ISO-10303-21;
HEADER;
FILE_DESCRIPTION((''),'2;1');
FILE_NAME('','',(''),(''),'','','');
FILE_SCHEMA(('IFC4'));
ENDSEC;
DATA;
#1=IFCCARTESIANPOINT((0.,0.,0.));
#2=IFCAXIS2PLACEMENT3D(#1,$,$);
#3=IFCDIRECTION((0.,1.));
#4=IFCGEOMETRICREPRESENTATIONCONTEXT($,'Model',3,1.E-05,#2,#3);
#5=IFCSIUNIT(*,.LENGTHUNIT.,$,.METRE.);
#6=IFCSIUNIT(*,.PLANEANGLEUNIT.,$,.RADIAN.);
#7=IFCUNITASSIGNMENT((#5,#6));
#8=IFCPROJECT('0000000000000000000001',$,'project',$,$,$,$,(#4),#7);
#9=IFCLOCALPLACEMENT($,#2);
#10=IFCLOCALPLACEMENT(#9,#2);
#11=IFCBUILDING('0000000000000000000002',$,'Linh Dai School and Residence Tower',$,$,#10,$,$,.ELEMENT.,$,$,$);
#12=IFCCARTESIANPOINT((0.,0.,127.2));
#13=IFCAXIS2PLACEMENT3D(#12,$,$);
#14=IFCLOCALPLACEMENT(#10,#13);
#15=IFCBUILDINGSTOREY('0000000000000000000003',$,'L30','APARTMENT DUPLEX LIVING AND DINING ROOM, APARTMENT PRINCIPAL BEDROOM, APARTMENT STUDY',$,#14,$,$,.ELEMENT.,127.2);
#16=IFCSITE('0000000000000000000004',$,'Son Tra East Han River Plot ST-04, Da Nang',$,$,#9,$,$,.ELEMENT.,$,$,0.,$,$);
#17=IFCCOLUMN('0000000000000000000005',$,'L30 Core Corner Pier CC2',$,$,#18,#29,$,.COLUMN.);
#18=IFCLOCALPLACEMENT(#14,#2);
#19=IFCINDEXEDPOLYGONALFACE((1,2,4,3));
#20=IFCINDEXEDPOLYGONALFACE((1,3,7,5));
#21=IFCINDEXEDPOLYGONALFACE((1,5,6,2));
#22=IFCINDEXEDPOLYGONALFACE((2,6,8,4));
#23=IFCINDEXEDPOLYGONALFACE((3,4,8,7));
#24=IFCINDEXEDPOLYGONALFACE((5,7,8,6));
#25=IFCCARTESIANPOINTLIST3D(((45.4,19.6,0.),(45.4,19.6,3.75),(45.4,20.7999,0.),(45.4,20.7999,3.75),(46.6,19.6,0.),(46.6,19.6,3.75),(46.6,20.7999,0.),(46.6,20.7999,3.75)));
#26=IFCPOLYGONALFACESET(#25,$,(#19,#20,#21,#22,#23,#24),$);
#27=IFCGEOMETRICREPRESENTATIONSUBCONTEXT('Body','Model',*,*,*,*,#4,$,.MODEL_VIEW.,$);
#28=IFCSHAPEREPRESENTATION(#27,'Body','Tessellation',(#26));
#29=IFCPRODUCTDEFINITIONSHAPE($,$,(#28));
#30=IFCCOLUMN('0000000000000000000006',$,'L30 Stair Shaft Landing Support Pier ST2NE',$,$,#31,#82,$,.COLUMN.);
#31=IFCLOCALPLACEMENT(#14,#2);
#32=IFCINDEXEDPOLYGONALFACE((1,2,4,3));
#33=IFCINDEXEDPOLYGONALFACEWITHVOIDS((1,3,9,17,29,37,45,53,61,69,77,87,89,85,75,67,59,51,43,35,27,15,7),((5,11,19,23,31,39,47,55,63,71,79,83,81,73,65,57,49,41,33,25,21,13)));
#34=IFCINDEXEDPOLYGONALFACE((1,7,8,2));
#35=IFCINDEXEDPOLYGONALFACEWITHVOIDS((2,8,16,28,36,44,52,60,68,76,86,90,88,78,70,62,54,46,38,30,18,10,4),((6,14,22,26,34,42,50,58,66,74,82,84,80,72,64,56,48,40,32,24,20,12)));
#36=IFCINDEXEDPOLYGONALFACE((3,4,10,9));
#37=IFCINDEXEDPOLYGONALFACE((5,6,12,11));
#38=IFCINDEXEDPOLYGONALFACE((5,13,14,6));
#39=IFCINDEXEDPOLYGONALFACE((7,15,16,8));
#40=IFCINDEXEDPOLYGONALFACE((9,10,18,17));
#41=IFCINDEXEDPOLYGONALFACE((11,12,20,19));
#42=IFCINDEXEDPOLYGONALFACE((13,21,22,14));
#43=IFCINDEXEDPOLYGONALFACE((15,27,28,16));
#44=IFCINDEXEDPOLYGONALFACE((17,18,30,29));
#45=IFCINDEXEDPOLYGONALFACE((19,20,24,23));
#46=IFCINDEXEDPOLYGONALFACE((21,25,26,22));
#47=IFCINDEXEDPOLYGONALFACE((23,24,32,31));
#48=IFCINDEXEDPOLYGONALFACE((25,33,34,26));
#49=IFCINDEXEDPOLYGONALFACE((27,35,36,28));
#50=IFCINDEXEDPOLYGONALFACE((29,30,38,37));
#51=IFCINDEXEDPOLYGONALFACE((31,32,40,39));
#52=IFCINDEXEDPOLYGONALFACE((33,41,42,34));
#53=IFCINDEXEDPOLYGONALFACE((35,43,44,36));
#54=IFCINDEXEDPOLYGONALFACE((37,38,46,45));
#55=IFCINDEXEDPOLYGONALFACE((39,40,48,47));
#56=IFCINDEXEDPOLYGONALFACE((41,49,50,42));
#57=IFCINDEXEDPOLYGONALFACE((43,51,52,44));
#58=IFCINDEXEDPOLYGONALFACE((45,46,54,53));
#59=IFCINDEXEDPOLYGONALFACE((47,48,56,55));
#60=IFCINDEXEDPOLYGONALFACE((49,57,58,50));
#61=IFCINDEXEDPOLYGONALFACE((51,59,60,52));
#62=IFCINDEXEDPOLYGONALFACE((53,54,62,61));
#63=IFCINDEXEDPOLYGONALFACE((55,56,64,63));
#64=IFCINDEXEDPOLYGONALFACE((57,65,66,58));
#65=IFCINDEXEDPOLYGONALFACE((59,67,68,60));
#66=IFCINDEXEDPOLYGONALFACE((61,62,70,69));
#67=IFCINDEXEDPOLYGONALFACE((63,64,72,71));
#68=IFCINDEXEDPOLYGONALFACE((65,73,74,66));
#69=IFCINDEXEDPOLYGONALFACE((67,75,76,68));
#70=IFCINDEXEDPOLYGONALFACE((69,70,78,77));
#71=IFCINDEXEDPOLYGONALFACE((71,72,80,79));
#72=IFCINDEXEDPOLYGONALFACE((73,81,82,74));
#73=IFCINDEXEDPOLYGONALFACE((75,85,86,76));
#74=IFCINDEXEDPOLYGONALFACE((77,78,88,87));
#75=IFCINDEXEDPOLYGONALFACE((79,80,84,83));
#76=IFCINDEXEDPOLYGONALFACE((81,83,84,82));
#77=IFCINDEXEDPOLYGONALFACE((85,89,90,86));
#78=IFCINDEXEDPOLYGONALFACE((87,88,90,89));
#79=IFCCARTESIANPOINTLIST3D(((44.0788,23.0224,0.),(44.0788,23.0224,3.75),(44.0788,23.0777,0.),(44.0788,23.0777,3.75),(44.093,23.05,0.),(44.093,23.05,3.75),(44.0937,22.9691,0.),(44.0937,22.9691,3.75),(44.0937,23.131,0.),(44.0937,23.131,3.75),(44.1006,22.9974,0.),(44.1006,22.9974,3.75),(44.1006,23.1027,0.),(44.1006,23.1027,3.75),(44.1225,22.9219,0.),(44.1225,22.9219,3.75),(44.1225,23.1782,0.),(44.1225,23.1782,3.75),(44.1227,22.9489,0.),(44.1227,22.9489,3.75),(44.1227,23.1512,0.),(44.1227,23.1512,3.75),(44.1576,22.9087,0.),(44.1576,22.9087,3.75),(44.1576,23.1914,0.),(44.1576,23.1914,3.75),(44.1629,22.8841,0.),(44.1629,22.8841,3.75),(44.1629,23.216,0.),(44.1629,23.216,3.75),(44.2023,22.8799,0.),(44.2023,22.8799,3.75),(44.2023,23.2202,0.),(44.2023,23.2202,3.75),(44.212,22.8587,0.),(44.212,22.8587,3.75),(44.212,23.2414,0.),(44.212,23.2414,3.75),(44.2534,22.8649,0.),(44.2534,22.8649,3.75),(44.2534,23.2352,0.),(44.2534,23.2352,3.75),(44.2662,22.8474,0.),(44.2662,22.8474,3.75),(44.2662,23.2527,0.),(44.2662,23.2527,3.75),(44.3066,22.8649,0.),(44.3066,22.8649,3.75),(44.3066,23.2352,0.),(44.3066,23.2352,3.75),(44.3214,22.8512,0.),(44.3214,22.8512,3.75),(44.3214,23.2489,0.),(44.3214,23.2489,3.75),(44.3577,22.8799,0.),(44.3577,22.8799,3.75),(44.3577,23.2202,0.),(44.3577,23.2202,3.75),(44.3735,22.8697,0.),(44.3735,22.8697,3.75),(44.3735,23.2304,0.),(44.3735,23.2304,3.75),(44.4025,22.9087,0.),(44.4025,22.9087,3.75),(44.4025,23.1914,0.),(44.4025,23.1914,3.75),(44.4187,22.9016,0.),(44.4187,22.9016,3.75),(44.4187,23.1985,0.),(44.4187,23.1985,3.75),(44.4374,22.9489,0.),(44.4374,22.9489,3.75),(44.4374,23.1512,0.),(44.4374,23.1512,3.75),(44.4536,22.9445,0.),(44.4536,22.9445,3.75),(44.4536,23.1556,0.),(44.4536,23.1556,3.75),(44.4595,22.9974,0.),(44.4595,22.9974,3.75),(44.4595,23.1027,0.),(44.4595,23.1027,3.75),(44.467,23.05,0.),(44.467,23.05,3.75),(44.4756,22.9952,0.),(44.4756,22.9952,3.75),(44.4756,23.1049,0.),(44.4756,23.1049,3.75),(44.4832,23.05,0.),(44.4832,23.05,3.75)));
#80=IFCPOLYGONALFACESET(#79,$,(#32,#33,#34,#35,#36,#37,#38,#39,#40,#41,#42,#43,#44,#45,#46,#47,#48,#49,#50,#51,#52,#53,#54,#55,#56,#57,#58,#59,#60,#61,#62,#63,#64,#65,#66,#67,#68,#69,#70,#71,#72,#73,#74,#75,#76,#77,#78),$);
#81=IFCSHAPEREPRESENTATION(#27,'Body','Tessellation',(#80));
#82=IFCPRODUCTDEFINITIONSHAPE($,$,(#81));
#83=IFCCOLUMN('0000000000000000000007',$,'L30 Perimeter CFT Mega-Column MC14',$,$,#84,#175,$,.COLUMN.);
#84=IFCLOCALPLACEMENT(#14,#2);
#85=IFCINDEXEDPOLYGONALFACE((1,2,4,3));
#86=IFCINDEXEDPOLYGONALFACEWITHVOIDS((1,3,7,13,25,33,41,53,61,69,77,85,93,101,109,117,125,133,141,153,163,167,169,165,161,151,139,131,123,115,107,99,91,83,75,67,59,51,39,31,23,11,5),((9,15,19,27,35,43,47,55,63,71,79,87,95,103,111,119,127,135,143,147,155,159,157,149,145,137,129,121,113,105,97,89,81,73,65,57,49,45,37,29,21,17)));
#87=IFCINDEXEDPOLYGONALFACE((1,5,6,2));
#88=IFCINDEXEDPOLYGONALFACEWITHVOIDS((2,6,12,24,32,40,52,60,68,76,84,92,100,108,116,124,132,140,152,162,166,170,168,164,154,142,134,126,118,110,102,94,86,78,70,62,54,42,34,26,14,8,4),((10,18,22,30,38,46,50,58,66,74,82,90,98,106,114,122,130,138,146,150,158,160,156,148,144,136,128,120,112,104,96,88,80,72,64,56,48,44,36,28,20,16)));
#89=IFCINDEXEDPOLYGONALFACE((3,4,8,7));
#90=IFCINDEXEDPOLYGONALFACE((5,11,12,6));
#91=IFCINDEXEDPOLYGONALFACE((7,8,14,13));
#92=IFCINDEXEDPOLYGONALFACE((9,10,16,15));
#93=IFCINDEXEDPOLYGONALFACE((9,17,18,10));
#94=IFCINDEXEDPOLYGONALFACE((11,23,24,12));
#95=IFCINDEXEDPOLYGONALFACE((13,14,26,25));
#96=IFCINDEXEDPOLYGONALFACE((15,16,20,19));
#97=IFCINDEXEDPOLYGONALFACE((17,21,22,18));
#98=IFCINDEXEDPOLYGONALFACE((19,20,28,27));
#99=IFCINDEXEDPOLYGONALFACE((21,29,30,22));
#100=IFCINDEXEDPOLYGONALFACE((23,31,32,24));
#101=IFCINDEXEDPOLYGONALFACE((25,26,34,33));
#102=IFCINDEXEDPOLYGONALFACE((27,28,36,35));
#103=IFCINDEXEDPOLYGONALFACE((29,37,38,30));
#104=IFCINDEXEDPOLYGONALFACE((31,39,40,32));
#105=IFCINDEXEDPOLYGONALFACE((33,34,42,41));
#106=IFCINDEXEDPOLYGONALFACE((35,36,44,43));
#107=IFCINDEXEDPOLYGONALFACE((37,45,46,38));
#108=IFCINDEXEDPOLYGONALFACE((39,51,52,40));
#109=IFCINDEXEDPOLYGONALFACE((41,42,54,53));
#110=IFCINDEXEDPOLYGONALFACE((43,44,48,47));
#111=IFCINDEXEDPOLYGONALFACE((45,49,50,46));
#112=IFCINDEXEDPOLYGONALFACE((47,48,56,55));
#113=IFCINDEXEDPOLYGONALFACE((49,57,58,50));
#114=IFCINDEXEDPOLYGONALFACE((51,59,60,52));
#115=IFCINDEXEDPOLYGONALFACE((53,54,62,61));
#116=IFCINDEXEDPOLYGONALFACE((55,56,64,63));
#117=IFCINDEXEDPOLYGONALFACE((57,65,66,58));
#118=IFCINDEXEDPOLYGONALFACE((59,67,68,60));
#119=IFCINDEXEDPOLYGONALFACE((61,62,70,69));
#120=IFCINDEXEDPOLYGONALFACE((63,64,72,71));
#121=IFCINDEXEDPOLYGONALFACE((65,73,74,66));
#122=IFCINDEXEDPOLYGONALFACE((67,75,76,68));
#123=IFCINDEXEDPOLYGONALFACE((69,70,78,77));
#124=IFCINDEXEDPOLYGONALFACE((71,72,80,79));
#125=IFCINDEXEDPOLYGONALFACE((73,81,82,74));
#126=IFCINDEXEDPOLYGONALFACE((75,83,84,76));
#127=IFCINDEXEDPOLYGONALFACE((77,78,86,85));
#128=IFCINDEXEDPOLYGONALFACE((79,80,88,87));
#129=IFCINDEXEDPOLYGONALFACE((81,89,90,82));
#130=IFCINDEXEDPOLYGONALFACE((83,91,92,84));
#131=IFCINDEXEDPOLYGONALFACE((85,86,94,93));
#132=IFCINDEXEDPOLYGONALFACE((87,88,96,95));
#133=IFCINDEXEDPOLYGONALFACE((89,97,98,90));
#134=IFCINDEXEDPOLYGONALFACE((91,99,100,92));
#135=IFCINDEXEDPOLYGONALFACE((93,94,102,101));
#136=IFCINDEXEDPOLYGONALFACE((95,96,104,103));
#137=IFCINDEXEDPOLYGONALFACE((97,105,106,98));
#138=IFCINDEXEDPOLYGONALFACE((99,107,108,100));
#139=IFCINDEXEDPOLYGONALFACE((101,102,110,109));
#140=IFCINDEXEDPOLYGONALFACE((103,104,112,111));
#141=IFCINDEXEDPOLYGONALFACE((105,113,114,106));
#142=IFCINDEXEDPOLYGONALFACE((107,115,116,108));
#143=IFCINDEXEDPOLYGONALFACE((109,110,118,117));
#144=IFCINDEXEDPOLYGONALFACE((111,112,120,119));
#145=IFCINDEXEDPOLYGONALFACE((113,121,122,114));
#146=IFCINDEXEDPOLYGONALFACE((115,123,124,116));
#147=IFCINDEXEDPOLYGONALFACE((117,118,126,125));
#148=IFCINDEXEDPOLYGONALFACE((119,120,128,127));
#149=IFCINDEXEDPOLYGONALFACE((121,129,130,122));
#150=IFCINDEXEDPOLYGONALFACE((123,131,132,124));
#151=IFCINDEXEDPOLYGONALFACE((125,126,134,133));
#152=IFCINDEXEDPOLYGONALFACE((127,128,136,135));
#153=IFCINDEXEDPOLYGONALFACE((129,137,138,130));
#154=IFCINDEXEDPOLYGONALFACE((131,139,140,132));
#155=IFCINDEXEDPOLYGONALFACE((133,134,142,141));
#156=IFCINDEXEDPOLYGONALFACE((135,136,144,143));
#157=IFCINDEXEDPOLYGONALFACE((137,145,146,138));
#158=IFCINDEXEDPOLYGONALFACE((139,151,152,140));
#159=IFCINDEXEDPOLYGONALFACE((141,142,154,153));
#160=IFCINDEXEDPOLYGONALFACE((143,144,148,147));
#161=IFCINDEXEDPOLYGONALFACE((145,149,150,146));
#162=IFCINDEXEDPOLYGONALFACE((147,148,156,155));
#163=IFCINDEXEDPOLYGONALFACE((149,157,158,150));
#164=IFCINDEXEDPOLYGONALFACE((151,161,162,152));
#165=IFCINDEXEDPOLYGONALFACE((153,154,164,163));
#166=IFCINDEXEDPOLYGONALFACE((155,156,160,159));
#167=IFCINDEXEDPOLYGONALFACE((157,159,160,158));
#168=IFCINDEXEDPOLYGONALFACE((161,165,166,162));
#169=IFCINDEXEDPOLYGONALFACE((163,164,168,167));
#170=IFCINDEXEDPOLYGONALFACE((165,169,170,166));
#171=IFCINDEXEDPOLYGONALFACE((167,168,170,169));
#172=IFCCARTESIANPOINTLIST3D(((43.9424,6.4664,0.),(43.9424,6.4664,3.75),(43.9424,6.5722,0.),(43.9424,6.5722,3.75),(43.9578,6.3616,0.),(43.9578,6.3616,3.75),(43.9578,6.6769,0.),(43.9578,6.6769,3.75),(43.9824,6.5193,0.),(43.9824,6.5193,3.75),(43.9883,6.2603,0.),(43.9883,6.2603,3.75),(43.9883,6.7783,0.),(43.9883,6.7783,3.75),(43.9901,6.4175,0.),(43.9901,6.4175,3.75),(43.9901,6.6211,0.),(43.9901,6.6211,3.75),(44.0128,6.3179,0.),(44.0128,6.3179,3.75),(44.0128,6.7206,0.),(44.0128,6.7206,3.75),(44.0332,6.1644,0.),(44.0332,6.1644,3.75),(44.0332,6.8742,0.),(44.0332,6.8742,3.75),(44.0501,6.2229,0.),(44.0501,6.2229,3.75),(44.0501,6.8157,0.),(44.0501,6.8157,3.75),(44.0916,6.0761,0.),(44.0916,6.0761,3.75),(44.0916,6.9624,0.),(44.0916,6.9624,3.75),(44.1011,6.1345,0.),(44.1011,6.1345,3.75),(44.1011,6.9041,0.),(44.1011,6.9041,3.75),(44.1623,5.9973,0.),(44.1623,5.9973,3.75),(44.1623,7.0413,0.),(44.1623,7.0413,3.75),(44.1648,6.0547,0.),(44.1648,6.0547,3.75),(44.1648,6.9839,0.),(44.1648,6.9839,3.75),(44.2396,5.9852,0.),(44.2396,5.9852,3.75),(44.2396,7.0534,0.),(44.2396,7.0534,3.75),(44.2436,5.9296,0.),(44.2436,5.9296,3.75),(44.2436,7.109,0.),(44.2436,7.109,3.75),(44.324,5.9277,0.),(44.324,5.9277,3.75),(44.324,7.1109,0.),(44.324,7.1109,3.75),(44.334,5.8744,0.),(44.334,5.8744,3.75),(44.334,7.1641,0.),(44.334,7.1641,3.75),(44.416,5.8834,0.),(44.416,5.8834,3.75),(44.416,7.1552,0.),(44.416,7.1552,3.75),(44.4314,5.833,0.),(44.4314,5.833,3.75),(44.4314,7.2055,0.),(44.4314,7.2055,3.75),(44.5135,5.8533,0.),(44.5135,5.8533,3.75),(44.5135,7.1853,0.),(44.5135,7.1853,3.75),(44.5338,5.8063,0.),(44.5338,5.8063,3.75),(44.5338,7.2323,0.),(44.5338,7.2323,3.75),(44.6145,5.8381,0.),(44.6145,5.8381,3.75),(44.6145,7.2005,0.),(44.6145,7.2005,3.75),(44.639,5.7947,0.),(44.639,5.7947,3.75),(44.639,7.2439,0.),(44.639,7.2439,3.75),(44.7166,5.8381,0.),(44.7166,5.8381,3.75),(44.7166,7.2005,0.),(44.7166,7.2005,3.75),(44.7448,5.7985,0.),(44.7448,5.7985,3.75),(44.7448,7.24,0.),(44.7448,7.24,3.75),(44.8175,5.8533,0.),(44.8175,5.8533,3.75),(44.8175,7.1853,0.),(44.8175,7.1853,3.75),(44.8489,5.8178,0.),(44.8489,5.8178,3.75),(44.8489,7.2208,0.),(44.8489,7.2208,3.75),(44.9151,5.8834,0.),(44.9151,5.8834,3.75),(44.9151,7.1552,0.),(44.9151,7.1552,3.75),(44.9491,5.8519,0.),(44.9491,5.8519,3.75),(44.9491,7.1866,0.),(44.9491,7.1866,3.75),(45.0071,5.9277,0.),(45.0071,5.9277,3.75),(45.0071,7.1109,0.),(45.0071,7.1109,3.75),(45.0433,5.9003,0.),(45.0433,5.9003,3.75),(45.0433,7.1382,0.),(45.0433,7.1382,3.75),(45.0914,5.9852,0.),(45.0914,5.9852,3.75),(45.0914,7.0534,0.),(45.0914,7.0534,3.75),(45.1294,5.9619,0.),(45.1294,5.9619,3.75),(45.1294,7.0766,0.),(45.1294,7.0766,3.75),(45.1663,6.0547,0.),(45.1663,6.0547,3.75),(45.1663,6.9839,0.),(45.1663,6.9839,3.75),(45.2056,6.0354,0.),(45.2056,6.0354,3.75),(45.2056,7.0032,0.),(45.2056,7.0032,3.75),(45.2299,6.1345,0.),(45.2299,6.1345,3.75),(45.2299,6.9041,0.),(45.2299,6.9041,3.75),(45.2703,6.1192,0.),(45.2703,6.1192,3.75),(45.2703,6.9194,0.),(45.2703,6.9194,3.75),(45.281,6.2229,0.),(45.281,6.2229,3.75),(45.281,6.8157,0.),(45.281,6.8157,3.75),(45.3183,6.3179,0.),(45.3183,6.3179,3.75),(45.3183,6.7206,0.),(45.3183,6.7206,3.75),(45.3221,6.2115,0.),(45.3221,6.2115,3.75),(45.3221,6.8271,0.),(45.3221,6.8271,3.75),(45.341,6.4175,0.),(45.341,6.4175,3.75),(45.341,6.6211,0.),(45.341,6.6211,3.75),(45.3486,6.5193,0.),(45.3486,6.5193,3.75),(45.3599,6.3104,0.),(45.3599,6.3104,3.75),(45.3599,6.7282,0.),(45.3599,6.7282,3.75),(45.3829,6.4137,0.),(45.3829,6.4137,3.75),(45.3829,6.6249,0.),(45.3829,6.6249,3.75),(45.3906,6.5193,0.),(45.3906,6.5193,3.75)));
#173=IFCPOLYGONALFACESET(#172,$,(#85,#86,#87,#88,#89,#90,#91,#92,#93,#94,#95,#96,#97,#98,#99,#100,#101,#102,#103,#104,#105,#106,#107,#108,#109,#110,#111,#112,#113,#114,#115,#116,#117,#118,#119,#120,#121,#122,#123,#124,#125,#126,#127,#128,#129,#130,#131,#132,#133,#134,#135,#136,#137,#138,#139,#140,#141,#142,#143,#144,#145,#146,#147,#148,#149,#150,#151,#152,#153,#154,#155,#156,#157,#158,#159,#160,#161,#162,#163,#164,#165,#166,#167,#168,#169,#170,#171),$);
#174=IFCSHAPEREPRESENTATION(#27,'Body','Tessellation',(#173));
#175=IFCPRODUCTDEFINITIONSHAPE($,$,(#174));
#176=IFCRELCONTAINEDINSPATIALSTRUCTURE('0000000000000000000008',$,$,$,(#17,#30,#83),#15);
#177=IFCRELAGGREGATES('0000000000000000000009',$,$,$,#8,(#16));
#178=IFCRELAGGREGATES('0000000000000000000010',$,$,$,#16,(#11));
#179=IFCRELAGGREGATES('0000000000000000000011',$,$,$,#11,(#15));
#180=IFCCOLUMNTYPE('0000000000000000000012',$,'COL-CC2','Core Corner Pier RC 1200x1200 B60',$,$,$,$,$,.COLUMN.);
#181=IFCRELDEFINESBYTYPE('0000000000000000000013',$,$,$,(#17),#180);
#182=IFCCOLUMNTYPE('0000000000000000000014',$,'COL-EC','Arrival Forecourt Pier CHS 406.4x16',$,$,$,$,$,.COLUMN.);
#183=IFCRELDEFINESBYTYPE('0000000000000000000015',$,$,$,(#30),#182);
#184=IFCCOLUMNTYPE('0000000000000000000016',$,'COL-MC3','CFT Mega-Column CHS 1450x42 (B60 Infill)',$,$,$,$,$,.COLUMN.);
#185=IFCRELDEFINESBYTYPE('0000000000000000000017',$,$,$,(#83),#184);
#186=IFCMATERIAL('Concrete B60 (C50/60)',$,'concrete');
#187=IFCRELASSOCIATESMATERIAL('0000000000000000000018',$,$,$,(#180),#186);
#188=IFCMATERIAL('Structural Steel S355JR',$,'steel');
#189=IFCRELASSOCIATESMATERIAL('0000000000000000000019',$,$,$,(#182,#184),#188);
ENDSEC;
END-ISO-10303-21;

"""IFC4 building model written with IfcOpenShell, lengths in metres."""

from ifc_helpers import new_model, si_unit, direction, frame, origin, origin_2d, place, context, subcontext, project, spatial, rectangle, hollow_circle, extrude, material, material_profile, profile_set, type_object, element, save


model = new_model("IFC4")

# Units and contexts
model_context = context("Model", 3, precision=1e-05, world=origin(), true_north=direction((0.0, 1.0)))
body_context = subcontext(model_context, "Body", "Model", "MODEL_VIEW")
ifc_project = project(units=[si_unit("LENGTHUNIT", "METRE"), si_unit("PLANEANGLEUNIT", "RADIAN")], contexts=[model_context])

# Site, building, storey
site_placement = place(None, origin())
site = spatial("IfcSite", under=ifc_project, at=site_placement, Name="Son Tra East Han River Plot ST-04, Da Nang", CompositionType="ELEMENT", RefElevation=0.0)
building_placement = place(site_placement, origin())
building = spatial("IfcBuilding", under=site, at=building_placement, Name="Linh Dai School and Residence Tower", CompositionType="ELEMENT")
storey_placement = place(building_placement, frame((0.0, 0.0, 127.2)))
storey = spatial("IfcBuildingStorey", under=building, at=storey_placement, Name="L30", Description="APARTMENT DUPLEX LIVING AND DINING ROOM, APARTMENT PRINCIPAL BEDROOM, APARTMENT STUDY", CompositionType="ELEMENT", Elevation=127.2)

# Columns
ifc_material_1 = material(Name="Concrete B60 (C50/60)", Category="concrete")
ifc_material_profile_1 = material_profile(ifc_material_1, rectangle(XDim=1.2, YDim=1.2, at=origin_2d()), Name="RC 1200x1200")
ifc_profile_set_1 = profile_set([ifc_material_profile_1], Name="Concrete B60 (C50/60)")
column_type_1 = type_object("IfcColumnType", Name="COL-CC2", Description="Core Corner Pier RC 1200x1200 B60", PredefinedType="COLUMN", material=ifc_profile_set_1)
column_1_placement = place(storey_placement, frame((46.0, 20.2, 0.0), z_axis=(0.0, 0.0, 1.0), x_axis=(1.0, 0.0, 0.0)))
element("IfcColumn", 1, at=column_1_placement, inside=storey, type_object=column_type_1, Name="L30 Core Corner Pier CC2", PredefinedType="COLUMN", context=body_context, shape_type="SweptSolid", body=[
    extrude(rectangle(XDim=1.2, YDim=1.2, at=origin_2d()), origin(), (0.0, 0.0, 1.0), 3.75),
])
ifc_material_2 = material(Name="Structural Steel S355JR", Category="steel")
ifc_material_profile_2 = material_profile(ifc_material_2, hollow_circle(Radius=0.2031, WallThickness=0.0161, at=origin_2d()), Name="CHS 406.4x16")
ifc_profile_set_2 = profile_set([ifc_material_profile_2], Name="Structural Steel S355JR")
column_type_2 = type_object("IfcColumnType", Name="COL-EC", Description="Arrival Forecourt Pier CHS 406.4x16", PredefinedType="COLUMN", material=ifc_profile_set_2)
column_2_placement = place(storey_placement, frame((44.28, 23.05, 0.0), z_axis=(0.0, 0.0, 1.0), x_axis=(1.0, 0.0, 0.0)))
element("IfcColumn", 2, at=column_2_placement, inside=storey, type_object=column_type_2, Name="L30 Stair Shaft Landing Support Pier ST2NE", PredefinedType="COLUMN", context=body_context, shape_type="SweptSolid", body=[
    extrude(hollow_circle(Radius=0.2031, WallThickness=0.0161, at=origin_2d()), origin(), (0.0, 0.0, 1.0), 3.75),
])
ifc_material_profile_3 = material_profile(ifc_material_2, hollow_circle(Radius=0.7251, WallThickness=0.042, at=origin_2d()), Name="CHS 1450x42")
ifc_profile_set_3 = profile_set([ifc_material_profile_3], Name="Structural Steel S355JR")
column_type_3 = type_object("IfcColumnType", Name="COL-MC3", Description="CFT Mega-Column CHS 1450x42 (B60 Infill)", PredefinedType="COLUMN", material=ifc_profile_set_3)
column_3_placement = place(storey_placement, frame((44.6655, 6.5193, 0.0), z_axis=(0.0, 0.0, 1.0), x_axis=(1.0, 0.0, 0.0)))
element("IfcColumn", 3, at=column_3_placement, inside=storey, type_object=column_type_3, Name="L30 Perimeter CFT Mega-Column MC14", PredefinedType="COLUMN", context=body_context, shape_type="SweptSolid", body=[
    extrude(hollow_circle(Radius=0.7251, WallThickness=0.042, at=origin_2d()), origin(), (0.0, 0.0, 1.0), 3.75),
])

save(model, "model.ifc")
